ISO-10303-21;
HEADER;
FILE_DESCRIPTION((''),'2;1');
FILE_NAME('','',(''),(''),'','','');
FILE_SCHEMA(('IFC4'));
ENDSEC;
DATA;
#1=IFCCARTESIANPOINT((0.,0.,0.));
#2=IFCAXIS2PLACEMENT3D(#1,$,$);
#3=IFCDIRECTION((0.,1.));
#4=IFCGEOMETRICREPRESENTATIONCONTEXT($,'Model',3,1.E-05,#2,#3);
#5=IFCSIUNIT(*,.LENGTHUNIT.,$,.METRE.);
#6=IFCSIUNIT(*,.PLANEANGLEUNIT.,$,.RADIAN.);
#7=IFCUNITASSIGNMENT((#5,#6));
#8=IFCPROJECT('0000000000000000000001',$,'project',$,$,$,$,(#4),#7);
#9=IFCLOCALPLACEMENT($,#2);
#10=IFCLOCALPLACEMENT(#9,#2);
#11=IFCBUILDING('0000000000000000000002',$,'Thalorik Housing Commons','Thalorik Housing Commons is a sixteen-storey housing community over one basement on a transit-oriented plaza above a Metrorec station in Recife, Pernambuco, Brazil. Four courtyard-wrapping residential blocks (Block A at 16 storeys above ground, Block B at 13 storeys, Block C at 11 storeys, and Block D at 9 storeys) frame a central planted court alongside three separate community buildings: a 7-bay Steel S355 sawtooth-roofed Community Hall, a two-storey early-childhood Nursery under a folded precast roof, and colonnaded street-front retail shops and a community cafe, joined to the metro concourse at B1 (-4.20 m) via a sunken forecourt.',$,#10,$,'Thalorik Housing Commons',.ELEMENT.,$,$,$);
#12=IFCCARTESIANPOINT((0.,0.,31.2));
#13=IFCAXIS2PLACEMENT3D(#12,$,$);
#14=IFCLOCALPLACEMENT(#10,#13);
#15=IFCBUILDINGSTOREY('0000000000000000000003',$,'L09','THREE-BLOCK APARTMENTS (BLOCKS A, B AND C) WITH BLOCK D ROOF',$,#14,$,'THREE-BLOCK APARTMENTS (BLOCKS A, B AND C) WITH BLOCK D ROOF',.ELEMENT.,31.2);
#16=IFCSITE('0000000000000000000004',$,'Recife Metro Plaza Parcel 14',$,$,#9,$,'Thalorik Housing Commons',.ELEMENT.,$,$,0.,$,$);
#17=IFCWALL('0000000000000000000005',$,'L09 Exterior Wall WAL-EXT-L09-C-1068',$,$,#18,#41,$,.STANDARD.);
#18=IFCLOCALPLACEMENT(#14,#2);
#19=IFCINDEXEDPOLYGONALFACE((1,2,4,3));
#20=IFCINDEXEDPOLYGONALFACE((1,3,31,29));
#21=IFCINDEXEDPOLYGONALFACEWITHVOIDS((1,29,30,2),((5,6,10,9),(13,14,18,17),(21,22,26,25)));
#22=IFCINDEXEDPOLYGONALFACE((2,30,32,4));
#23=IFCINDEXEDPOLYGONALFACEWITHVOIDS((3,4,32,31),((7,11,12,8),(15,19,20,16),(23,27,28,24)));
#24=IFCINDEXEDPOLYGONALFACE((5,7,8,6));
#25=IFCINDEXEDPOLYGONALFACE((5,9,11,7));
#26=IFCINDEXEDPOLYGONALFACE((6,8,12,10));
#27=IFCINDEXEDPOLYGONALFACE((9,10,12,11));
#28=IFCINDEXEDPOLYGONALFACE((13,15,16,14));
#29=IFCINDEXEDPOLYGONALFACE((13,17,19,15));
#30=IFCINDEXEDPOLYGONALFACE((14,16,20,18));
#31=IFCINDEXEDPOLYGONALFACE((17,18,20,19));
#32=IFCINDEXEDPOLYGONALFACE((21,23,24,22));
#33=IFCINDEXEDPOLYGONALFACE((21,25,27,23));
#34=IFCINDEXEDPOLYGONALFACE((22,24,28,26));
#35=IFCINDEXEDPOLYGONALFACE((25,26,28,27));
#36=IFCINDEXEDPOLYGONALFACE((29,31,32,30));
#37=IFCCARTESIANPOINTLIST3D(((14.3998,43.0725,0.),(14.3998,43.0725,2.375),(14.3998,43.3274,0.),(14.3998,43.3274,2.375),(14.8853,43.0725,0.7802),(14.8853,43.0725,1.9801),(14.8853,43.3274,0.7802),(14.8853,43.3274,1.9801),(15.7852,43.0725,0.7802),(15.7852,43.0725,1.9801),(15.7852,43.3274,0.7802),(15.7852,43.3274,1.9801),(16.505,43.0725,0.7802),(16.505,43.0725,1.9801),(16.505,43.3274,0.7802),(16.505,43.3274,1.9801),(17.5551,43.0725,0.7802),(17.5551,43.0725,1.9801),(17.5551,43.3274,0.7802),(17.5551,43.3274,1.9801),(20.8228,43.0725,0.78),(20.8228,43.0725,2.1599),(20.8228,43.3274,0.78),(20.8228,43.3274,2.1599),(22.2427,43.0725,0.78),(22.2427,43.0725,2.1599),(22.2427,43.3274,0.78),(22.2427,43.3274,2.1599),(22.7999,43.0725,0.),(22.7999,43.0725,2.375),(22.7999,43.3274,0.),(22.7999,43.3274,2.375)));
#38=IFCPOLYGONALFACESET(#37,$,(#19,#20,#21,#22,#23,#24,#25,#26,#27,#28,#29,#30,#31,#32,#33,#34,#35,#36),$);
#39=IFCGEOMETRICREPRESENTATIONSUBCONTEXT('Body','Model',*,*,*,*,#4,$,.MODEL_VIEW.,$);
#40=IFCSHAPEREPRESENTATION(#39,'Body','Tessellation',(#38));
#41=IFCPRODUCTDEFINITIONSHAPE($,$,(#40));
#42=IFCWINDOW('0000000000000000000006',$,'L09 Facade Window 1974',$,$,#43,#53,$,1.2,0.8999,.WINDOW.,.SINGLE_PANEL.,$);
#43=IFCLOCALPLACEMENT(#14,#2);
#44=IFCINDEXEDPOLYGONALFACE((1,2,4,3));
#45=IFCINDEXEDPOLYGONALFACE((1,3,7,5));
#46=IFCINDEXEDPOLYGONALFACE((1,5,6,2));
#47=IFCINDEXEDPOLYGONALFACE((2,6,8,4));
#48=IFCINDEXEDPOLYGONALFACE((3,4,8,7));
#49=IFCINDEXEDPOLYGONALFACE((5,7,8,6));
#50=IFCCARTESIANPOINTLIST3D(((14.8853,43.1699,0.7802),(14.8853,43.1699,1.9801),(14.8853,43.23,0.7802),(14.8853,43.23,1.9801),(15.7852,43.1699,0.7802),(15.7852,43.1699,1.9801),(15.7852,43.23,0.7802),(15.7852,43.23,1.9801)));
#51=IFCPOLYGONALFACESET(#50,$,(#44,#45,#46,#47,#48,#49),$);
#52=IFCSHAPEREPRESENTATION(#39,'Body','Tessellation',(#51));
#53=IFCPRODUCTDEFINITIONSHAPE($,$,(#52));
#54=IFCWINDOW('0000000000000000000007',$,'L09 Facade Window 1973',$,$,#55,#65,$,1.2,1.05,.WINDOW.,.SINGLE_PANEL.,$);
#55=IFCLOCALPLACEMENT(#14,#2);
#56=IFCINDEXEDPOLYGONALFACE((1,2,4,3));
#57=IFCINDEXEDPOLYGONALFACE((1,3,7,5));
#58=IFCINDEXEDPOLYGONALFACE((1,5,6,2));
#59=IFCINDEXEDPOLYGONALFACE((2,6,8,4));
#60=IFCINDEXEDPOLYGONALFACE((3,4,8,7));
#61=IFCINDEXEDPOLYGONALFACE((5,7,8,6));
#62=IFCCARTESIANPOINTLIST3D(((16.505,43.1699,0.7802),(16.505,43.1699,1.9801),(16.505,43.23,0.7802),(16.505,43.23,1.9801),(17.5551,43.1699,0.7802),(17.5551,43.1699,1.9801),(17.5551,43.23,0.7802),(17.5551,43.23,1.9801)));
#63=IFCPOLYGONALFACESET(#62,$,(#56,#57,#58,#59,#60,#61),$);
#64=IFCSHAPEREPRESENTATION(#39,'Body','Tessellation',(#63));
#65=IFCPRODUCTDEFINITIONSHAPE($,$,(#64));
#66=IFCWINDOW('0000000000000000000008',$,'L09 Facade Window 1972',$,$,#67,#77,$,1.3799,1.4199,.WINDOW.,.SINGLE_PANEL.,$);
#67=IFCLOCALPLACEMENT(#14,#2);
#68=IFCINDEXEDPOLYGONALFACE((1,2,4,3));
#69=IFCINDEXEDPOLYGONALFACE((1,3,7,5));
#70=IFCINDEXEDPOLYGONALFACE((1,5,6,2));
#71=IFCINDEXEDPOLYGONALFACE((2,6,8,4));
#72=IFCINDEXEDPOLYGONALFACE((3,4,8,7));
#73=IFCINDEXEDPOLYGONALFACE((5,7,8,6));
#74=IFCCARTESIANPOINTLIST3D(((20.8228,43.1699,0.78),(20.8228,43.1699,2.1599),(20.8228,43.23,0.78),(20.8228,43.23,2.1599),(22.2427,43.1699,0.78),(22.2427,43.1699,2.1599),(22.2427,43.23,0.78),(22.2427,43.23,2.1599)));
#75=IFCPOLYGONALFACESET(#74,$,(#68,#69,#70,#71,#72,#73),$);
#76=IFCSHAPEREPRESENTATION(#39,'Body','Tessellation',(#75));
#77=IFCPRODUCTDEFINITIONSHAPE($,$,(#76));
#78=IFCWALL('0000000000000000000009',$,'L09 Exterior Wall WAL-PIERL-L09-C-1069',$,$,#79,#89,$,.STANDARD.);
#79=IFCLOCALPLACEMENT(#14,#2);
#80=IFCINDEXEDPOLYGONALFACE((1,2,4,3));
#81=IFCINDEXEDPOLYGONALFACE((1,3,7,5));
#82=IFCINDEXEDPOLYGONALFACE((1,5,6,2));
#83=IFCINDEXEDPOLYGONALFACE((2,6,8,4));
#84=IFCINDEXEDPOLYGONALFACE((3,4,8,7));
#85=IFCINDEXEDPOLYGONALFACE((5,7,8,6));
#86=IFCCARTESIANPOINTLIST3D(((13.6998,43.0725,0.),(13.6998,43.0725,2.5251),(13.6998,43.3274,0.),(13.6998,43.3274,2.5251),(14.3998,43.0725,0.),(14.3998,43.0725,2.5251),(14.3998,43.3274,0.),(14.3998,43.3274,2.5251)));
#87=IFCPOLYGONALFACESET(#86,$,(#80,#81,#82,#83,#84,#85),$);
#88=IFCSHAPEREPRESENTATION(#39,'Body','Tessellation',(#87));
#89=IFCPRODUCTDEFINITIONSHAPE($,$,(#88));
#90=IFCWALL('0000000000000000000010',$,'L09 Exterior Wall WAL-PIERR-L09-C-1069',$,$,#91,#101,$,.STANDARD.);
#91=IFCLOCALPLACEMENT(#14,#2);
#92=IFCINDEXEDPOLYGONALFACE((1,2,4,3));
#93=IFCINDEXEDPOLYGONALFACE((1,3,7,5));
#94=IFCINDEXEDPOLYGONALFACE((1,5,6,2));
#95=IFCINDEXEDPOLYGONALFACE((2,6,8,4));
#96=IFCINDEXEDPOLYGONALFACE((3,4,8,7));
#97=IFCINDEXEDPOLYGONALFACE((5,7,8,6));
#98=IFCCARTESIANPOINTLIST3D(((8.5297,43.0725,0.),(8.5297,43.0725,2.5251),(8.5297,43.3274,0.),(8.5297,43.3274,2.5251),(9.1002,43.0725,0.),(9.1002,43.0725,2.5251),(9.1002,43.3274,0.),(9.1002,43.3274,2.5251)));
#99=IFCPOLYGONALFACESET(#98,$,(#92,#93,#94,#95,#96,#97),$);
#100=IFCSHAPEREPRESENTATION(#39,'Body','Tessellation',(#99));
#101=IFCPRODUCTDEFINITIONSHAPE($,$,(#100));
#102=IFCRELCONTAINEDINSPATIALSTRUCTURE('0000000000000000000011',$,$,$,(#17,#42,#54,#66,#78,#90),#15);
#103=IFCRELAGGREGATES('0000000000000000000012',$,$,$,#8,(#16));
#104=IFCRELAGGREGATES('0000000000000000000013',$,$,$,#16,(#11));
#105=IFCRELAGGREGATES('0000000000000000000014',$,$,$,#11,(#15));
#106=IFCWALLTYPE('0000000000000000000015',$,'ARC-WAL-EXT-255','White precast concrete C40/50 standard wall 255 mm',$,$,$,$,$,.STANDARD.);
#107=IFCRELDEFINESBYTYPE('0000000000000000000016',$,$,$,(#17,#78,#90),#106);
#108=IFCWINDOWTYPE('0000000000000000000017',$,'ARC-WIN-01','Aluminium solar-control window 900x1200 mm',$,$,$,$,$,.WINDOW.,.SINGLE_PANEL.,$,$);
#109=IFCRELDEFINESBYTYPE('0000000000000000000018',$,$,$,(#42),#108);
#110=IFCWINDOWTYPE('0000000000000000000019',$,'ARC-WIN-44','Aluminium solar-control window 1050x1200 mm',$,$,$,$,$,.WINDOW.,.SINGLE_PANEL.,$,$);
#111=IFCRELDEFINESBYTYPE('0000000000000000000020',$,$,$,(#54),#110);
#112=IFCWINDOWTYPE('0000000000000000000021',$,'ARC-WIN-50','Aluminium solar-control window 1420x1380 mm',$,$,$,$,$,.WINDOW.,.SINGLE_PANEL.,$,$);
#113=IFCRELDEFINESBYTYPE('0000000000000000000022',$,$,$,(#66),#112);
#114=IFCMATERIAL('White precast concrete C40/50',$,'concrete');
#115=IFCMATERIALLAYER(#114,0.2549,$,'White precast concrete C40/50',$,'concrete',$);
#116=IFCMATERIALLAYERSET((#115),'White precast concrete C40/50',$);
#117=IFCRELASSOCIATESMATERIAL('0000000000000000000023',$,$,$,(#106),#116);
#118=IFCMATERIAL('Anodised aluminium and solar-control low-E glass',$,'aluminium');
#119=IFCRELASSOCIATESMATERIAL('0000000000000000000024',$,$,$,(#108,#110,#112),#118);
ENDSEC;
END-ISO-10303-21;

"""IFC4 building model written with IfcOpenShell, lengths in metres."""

from ifc_helpers import new_model, si_unit, direction, frame, frame_2d, origin, place, context, subcontext, project, spatial, rectangle, extrude, material, layer, layer_set, type_object, element, fill, save


model = new_model("IFC4")

# Units and contexts
model_context = context("Model", 3, precision=1e-05, world=origin(), true_north=direction((0.0, 1.0)))
body_context = subcontext(model_context, "Body", "Model", "MODEL_VIEW")
ifc_project = project(units=[si_unit("LENGTHUNIT", "METRE"), si_unit("PLANEANGLEUNIT", "RADIAN")], contexts=[model_context])

# Site, building, storey
site_placement = place(None, origin())
site = spatial("IfcSite", under=ifc_project, at=site_placement, Name="Recife Metro Plaza Parcel 14", LongName="Thalorik Housing Commons", CompositionType="ELEMENT", RefElevation=0.0)
building_placement = place(site_placement, origin())
building = spatial("IfcBuilding", under=site, at=building_placement, Name="Thalorik Housing Commons", Description="Thalorik Housing Commons is a sixteen-storey housing community over one basement on a transit-oriented plaza above a Metrorec station in Recife, Pernambuco, Brazil. Four courtyard-wrapping residential blocks (Block A at 16 storeys above ground, Block B at 13 storeys, Block C at 11 storeys, and Block D at 9 storeys) frame a central planted court alongside three separate community buildings: a 7-bay Steel S355 sawtooth-roofed Community Hall, a two-storey early-childhood Nursery under a folded precast roof, and colonnaded street-front retail shops and a community cafe, joined to the metro concourse at B1 (-4.20 m) via a sunken forecourt.", LongName="Thalorik Housing Commons", CompositionType="ELEMENT")
storey_placement = place(building_placement, frame((0.0, 0.0, 31.2)))
storey = spatial("IfcBuildingStorey", under=building, at=storey_placement, Name="L09", Description="THREE-BLOCK APARTMENTS (BLOCKS A, B AND C) WITH BLOCK D ROOF", LongName="THREE-BLOCK APARTMENTS (BLOCKS A, B AND C) WITH BLOCK D ROOF", CompositionType="ELEMENT", Elevation=31.2)

# Shared definitions
ifc_material_1 = material(Name="Anodised aluminium and solar-control low-E glass", Category="aluminium")

# Wall, openings, windows
ifc_material_2 = material(Name="White precast concrete C40/50", Category="concrete")
ifc_layer_1 = layer(ifc_material_2, 0.2549, Name="White precast concrete C40/50", Category="concrete")
ifc_layer_set_1 = layer_set([ifc_layer_1], Name="White precast concrete C40/50")
wall_type = type_object("IfcWallType", Name="ARC-WAL-EXT-255", Description="White precast concrete C40/50 standard wall 255 mm", PredefinedType="STANDARD", material=ifc_layer_set_1)
wall_1_placement = place(storey_placement, frame((22.8, 43.2, 0.0), z_axis=(0.0, 0.0, 1.0), x_axis=(-1.0, 0.0, 0.0)))
wall_1 = element("IfcWall", 1, at=wall_1_placement, inside=storey, type_object=wall_type, Name="L09 Exterior Wall WAL-EXT-L09-C-1068", PredefinedType="STANDARD", context=body_context, shape_type="SweptSolid", body=[
    extrude(rectangle(XDim=8.4001, YDim=0.2549, at=frame_2d((4.2002, 0.0))), origin(), (0.0, 0.0, 1.0), 2.375),
])
opening_1_placement = place(wall_1_placement, frame((0.5574, 0.0, 0.78)))
opening_1 = element("IfcOpeningElement", 2, at=opening_1_placement, cuts=wall_1, PredefinedType="OPENING", context=body_context, shape_type="SweptSolid", body=[
    extrude(rectangle(XDim=1.4199, YDim=1.3799, at=frame_2d((0.71, 0.6899))), frame((0.0, 0.1375, 0.0), z_axis=(0.0, -1.0, 0.0), x_axis=(1.0, 0.0, 0.0)), (0.0, 0.0, 1.0), 0.2749),
])
opening_2_placement = place(wall_1_placement, frame((5.2451, 0.0, 0.78)))
opening_2 = element("IfcOpeningElement", 3, at=opening_2_placement, cuts=wall_1, PredefinedType="OPENING", context=body_context, shape_type="SweptSolid", body=[
    extrude(rectangle(XDim=1.05, YDim=1.2, at=frame_2d((0.5249, 0.6001))), frame((0.0, 0.1375, 0.0), z_axis=(0.0, -1.0, 0.0), x_axis=(1.0, 0.0, 0.0)), (0.0, 0.0, 1.0), 0.2749),
])
opening_3_placement = place(wall_1_placement, frame((7.0149, 0.0, 0.78)))
opening_3 = element("IfcOpeningElement", 4, at=opening_3_placement, cuts=wall_1, PredefinedType="OPENING", context=body_context, shape_type="SweptSolid", body=[
    extrude(rectangle(XDim=0.8999, YDim=1.2, at=frame_2d((0.45, 0.6001))), frame((0.0, 0.1375, 0.0), z_axis=(0.0, -1.0, 0.0), x_axis=(1.0, 0.0, 0.0)), (0.0, 0.0, 1.0), 0.2749),
])
window_type_1 = type_object("IfcWindowType", Name="ARC-WIN-01", Description="Aluminium solar-control window 900x1200 mm", PartitioningType="SINGLE_PANEL", PredefinedType="WINDOW", material=ifc_material_1)
window_1_placement = place(opening_3_placement, origin())
window_1 = element("IfcWindow", 5, at=window_1_placement, inside=storey, type_object=window_type_1, Name="L09 Facade Window 1974", OverallHeight=1.2, OverallWidth=0.8999, PartitioningType="SINGLE_PANEL", PredefinedType="WINDOW", context=body_context, shape_type="SweptSolid", body=[
    extrude(rectangle(XDim=0.8999, YDim=1.2, at=frame_2d((0.45, 0.6001))), frame((0.0, 0.03, 0.0), z_axis=(0.0, -1.0, 0.0), x_axis=(1.0, 0.0, 0.0)), (0.0, 0.0, 1.0), 0.0601),
])
fill(opening_3, window_1)
window_type_2 = type_object("IfcWindowType", Name="ARC-WIN-44", Description="Aluminium solar-control window 1050x1200 mm", PartitioningType="SINGLE_PANEL", PredefinedType="WINDOW", material=ifc_material_1)
window_2_placement = place(opening_2_placement, origin())
window_2 = element("IfcWindow", 6, at=window_2_placement, inside=storey, type_object=window_type_2, Name="L09 Facade Window 1973", OverallHeight=1.2, OverallWidth=1.05, PartitioningType="SINGLE_PANEL", PredefinedType="WINDOW", context=body_context, shape_type="SweptSolid", body=[
    extrude(rectangle(XDim=1.05, YDim=1.2, at=frame_2d((0.5249, 0.6001))), frame((0.0, 0.03, 0.0), z_axis=(0.0, -1.0, 0.0), x_axis=(1.0, 0.0, 0.0)), (0.0, 0.0, 1.0), 0.0601),
])
fill(opening_2, window_2)
window_type_3 = type_object("IfcWindowType", Name="ARC-WIN-50", Description="Aluminium solar-control window 1420x1380 mm", PartitioningType="SINGLE_PANEL", PredefinedType="WINDOW", material=ifc_material_1)
window_3_placement = place(opening_1_placement, origin())
window_3 = element("IfcWindow", 7, at=window_3_placement, inside=storey, type_object=window_type_3, Name="L09 Facade Window 1972", OverallHeight=1.3799, OverallWidth=1.4199, PartitioningType="SINGLE_PANEL", PredefinedType="WINDOW", context=body_context, shape_type="SweptSolid", body=[
    extrude(rectangle(XDim=1.4199, YDim=1.3799, at=frame_2d((0.71, 0.6899))), frame((0.0, 0.03, 0.0), z_axis=(0.0, -1.0, 0.0), x_axis=(1.0, 0.0, 0.0)), (0.0, 0.0, 1.0), 0.0601),
])
fill(opening_1, window_3)

# Walls
wall_2_placement = place(storey_placement, frame((14.3999, 43.2, 0.0), z_axis=(0.0, 0.0, 1.0), x_axis=(-1.0, 0.0, 0.0)))
element("IfcWall", 8, at=wall_2_placement, inside=storey, type_object=wall_type, Name="L09 Exterior Wall WAL-PIERL-L09-C-1069", PredefinedType="STANDARD", context=body_context, shape_type="SweptSolid", body=[
    extrude(rectangle(XDim=0.7, YDim=0.2549, at=frame_2d((0.3501, 0.0))), origin(), (0.0, 0.0, 1.0), 2.5251),
])
wall_3_placement = place(storey_placement, frame((9.1001, 43.2, 0.0), z_axis=(0.0, 0.0, 1.0), x_axis=(-1.0, 0.0, 0.0)))
element("IfcWall", 9, at=wall_3_placement, inside=storey, type_object=wall_type, Name="L09 Exterior Wall WAL-PIERR-L09-C-1069", PredefinedType="STANDARD", context=body_context, shape_type="SweptSolid", body=[
    extrude(rectangle(XDim=0.5706, YDim=0.2549, at=frame_2d((0.2852, 0.0))), origin(), (0.0, 0.0, 1.0), 2.5251),
])

save(model, "model.ifc")
